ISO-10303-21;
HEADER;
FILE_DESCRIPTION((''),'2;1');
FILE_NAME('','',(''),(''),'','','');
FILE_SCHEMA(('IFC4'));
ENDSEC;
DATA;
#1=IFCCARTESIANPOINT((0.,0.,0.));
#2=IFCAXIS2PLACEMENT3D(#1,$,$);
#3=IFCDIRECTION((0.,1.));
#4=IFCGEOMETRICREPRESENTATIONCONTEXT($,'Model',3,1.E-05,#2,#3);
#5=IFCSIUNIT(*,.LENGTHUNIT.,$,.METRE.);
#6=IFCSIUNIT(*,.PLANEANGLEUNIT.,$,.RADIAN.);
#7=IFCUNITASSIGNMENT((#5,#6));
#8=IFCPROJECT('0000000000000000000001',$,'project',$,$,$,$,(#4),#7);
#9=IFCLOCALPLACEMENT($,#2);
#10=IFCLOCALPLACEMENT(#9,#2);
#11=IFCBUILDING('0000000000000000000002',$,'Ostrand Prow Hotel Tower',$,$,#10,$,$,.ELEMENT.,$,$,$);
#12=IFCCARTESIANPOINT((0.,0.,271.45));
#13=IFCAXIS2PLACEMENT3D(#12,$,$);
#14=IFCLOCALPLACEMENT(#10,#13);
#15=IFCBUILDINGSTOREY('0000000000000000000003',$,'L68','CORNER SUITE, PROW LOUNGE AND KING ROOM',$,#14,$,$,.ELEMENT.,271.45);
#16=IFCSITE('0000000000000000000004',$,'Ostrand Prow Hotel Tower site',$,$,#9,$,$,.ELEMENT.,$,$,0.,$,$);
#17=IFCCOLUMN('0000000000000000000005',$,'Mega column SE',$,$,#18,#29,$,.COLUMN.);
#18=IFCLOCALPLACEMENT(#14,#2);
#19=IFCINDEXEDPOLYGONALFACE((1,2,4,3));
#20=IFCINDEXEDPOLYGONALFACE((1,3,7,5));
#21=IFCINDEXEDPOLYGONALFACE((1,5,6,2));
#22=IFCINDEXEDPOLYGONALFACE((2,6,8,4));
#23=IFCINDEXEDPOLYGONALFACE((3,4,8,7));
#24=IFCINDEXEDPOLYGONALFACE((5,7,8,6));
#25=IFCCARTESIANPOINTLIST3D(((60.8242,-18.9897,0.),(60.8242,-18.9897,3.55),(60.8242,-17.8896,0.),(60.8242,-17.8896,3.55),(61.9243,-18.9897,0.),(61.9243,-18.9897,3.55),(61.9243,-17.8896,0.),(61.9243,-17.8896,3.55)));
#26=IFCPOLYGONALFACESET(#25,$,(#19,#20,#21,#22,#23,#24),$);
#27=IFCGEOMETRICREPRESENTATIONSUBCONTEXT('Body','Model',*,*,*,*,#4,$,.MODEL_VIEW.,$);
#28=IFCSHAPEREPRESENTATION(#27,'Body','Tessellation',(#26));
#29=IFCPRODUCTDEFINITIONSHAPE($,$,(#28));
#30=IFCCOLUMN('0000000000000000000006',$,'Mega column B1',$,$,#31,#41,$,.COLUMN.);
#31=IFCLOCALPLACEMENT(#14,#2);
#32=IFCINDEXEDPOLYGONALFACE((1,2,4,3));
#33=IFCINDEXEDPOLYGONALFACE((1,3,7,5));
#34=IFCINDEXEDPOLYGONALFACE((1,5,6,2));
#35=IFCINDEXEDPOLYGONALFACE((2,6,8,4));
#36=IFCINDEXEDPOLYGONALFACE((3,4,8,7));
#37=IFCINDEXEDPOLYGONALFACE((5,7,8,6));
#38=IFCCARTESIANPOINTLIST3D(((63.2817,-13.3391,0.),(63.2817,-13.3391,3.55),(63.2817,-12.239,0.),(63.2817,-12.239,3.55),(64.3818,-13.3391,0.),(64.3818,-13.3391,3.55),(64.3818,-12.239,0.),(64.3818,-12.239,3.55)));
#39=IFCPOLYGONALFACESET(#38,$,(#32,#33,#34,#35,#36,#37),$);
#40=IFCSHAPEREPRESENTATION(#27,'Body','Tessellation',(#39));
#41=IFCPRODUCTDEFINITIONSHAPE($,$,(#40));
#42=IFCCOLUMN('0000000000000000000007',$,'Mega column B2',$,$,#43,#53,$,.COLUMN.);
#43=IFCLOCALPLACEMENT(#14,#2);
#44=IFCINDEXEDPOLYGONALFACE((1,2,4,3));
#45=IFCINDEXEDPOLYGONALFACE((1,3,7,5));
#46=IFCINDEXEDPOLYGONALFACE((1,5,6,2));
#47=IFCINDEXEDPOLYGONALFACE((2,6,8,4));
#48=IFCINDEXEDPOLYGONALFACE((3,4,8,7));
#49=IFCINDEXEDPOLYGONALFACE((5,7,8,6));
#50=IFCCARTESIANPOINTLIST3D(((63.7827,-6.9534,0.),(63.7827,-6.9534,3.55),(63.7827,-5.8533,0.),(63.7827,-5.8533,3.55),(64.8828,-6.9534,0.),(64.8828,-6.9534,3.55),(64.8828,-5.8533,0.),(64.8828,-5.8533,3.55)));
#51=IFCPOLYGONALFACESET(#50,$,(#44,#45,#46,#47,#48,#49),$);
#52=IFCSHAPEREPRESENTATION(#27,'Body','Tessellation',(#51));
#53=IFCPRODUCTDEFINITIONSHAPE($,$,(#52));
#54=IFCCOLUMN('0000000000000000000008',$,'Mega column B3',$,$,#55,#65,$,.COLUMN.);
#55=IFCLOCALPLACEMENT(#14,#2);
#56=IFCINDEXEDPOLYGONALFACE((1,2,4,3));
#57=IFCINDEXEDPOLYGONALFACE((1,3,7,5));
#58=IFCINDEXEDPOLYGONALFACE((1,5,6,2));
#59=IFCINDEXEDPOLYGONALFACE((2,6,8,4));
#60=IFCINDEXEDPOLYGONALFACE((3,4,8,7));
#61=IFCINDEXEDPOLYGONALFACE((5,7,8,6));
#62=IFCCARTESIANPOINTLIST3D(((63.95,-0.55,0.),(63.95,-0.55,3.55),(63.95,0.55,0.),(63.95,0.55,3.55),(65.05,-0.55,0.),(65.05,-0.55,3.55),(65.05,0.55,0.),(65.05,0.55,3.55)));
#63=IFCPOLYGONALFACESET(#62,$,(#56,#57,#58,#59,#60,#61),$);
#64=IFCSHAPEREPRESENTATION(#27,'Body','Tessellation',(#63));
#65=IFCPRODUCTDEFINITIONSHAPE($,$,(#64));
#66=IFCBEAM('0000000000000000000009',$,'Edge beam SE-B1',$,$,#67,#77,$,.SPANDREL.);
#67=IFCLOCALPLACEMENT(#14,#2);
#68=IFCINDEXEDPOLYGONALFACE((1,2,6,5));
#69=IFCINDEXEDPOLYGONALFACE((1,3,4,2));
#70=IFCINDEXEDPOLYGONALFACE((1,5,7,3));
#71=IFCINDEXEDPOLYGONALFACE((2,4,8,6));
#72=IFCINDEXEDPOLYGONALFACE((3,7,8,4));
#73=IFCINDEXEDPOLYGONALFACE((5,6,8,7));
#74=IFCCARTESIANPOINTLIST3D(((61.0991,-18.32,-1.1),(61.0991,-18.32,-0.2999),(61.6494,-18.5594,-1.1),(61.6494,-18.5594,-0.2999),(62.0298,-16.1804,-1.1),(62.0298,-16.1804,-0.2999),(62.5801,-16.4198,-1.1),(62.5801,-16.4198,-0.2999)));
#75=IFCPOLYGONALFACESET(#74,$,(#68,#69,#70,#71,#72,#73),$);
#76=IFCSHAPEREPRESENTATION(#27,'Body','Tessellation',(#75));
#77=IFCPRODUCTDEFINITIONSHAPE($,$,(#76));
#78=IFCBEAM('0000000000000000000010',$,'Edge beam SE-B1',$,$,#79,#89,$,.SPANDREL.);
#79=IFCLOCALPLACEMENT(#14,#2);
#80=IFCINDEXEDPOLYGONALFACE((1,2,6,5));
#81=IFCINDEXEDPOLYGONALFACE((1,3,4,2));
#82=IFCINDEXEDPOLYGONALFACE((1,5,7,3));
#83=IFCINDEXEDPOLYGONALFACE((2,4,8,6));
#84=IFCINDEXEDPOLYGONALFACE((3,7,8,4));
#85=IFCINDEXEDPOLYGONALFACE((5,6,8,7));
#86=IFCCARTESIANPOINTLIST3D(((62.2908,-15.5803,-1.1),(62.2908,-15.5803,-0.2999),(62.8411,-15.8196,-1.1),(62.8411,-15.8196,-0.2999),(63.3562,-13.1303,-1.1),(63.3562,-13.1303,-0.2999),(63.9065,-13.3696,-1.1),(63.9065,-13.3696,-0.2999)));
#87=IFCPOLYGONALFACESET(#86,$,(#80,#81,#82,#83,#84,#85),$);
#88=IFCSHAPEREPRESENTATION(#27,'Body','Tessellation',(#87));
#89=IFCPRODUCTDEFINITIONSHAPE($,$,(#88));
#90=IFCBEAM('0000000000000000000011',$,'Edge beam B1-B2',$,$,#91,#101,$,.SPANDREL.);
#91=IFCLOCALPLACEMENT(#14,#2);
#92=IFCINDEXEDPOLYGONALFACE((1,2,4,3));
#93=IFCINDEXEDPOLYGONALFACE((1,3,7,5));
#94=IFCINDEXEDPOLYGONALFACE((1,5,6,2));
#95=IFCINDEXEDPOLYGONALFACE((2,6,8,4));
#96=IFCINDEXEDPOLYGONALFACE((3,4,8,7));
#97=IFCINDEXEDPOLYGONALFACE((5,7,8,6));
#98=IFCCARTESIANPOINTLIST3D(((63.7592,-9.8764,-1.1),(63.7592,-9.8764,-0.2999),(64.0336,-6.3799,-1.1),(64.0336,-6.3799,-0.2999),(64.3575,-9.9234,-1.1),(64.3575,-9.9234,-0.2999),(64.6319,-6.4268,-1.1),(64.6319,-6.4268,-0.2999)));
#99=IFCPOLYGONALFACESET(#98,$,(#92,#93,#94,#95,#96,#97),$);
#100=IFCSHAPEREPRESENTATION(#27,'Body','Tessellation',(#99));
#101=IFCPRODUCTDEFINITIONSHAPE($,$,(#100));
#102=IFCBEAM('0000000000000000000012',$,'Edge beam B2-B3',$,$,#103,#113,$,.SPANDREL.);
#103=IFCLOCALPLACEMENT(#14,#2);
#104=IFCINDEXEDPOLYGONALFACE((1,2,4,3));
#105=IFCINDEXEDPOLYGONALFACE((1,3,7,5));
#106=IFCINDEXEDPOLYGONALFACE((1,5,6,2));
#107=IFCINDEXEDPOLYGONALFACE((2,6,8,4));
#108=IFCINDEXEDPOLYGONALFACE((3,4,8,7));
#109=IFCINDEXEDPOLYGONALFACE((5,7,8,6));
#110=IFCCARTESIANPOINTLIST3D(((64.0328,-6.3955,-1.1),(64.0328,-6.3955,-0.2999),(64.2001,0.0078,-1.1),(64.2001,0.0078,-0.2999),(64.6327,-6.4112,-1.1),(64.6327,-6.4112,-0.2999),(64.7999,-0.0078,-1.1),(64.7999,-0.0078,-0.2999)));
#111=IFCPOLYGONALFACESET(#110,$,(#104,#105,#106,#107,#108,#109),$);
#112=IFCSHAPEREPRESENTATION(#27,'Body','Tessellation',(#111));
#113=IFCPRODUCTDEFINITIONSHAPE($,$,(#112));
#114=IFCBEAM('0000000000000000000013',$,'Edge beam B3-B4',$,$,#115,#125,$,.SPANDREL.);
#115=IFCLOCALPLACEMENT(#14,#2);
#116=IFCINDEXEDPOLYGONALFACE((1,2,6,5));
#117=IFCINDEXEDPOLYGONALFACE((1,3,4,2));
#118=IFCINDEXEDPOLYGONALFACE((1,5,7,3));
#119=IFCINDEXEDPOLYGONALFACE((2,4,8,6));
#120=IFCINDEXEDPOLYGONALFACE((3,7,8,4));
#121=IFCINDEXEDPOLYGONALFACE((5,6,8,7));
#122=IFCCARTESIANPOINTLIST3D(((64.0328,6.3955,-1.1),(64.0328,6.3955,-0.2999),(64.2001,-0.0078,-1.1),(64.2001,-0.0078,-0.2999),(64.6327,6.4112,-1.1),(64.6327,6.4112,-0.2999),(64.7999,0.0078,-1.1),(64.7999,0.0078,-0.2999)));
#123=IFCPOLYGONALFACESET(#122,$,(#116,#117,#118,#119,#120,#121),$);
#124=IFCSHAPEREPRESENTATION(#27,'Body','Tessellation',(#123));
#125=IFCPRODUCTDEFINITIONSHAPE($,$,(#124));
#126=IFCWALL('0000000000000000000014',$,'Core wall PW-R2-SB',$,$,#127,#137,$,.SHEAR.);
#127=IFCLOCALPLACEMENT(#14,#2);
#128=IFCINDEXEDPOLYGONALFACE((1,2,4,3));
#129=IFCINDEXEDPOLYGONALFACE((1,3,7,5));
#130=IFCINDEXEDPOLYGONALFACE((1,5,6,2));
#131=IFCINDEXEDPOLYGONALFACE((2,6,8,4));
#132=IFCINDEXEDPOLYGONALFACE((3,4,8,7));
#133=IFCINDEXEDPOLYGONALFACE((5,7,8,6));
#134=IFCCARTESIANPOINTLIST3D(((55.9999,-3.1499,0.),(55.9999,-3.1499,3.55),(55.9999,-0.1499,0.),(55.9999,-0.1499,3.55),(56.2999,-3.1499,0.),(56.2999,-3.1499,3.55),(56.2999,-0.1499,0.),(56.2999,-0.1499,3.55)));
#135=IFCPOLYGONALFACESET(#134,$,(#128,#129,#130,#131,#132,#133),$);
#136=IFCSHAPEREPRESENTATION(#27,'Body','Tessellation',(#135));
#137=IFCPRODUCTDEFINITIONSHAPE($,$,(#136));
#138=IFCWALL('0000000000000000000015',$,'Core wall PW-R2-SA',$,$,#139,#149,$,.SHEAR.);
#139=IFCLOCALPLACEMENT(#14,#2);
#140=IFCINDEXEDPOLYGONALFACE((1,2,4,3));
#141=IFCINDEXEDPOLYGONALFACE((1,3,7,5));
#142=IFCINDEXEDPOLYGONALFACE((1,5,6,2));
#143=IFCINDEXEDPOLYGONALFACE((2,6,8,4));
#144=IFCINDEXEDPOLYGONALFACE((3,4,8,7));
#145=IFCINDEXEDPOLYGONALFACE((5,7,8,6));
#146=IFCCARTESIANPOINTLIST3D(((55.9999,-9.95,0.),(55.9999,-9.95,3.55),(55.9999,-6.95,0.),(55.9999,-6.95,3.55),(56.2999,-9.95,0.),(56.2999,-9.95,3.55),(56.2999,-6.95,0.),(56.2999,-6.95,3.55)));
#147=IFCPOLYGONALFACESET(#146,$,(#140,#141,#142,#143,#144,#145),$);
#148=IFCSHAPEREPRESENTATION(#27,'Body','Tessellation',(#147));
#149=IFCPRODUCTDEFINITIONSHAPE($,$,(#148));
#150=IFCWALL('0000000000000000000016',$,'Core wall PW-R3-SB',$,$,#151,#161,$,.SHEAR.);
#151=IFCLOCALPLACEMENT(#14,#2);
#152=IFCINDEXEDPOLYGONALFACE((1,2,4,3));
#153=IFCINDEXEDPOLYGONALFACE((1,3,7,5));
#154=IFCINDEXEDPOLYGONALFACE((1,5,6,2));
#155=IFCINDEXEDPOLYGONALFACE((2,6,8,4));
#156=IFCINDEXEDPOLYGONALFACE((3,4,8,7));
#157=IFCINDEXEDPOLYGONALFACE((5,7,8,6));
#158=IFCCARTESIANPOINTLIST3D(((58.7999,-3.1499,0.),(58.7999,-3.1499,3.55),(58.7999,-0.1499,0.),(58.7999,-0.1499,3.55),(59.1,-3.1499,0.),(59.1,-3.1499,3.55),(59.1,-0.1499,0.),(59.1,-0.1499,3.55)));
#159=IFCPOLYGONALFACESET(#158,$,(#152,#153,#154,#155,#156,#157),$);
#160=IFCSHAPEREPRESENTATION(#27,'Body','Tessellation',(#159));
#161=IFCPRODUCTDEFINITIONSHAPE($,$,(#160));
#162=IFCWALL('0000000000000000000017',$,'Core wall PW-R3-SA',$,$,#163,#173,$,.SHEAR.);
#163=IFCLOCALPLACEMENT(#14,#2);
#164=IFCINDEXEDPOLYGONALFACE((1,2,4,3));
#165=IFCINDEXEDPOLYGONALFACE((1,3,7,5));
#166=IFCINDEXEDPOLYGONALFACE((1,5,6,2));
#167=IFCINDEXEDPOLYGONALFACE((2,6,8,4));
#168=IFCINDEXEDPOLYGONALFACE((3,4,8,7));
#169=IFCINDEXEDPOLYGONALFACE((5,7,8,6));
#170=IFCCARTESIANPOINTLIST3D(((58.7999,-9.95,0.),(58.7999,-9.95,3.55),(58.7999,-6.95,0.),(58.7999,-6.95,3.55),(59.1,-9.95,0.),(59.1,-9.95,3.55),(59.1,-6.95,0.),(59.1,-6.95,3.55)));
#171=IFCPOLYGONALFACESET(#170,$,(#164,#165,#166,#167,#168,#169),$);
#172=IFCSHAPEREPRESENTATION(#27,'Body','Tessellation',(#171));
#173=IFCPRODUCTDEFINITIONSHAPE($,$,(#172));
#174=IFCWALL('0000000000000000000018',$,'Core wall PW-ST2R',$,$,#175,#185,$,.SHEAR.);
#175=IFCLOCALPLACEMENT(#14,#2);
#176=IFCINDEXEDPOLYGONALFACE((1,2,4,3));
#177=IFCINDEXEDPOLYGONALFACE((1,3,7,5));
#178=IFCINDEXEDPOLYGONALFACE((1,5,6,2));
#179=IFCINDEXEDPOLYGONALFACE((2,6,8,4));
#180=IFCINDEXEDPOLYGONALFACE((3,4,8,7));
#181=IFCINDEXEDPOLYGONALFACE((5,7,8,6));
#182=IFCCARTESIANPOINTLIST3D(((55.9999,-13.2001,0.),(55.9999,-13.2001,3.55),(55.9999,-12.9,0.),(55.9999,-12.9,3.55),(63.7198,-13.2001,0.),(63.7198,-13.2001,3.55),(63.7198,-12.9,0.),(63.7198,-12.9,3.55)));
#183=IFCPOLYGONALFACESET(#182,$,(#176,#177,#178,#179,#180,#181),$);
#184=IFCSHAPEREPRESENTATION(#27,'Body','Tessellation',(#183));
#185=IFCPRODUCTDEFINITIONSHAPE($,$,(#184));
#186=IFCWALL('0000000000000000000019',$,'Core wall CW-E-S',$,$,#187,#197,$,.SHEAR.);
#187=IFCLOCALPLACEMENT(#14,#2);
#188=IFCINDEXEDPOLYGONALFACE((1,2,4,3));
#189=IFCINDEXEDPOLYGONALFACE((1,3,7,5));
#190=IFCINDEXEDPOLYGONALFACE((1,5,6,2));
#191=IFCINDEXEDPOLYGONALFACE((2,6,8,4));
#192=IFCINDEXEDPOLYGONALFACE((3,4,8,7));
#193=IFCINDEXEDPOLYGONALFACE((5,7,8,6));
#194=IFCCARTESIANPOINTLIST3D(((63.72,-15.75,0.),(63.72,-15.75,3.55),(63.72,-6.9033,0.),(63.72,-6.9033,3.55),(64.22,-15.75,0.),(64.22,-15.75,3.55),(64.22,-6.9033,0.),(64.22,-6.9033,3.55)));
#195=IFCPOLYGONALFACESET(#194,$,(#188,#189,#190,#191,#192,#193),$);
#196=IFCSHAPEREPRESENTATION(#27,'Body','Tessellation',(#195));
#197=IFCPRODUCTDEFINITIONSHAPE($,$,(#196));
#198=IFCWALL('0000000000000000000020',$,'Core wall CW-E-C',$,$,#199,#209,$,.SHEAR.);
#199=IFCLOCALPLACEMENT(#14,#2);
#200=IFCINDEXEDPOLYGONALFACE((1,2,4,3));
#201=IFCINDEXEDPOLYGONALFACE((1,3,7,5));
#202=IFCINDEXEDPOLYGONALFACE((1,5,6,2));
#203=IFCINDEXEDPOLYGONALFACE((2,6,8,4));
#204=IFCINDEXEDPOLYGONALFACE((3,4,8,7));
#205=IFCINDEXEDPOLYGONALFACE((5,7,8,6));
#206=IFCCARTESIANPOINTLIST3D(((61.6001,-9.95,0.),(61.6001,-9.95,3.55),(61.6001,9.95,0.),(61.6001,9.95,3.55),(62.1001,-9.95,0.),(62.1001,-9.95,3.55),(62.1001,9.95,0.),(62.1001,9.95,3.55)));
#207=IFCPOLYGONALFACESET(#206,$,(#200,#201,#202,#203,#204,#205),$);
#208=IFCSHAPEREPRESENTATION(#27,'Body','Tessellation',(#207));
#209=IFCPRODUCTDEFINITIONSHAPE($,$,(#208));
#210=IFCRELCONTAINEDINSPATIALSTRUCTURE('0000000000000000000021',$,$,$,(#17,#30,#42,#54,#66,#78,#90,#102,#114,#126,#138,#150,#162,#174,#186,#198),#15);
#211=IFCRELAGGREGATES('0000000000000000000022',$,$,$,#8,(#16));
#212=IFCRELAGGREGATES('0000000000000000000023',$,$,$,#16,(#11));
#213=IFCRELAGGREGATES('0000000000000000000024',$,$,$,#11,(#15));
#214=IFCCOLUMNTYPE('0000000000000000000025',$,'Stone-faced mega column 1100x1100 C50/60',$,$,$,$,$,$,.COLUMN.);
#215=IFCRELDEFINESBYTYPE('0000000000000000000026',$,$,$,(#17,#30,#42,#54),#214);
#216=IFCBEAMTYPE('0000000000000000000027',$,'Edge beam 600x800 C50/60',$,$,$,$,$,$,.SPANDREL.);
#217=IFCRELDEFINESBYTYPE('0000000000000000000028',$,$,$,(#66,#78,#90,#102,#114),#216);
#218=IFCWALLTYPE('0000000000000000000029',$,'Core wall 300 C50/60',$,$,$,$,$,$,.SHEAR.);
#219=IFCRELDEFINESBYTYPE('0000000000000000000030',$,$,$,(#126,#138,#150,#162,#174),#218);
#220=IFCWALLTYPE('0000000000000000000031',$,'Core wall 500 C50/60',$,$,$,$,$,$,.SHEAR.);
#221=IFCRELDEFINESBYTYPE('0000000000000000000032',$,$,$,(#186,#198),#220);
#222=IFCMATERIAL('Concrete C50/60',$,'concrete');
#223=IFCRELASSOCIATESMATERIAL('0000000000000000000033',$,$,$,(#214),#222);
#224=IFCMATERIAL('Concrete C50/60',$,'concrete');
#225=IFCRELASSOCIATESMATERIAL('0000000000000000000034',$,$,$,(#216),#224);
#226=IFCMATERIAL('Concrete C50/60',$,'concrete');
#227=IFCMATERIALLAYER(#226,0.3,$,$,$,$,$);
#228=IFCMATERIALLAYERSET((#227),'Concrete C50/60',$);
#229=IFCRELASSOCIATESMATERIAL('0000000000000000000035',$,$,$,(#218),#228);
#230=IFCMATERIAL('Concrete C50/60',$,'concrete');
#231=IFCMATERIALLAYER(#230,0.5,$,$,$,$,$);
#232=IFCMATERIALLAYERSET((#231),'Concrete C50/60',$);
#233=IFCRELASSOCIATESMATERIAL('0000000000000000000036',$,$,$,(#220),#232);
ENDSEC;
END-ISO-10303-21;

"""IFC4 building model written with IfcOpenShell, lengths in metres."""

from ifc_helpers import new_model, si_unit, direction, frame, frame_2d, origin, origin_2d, place, context, subcontext, project, spatial, rectangle, extrude, material, layer, layer_set, material_profile, profile_set, type_object, element, save


model = new_model("IFC4")

# Units and contexts
model_context = context("Model", 3, precision=1e-05, world=origin(), true_north=direction((0.0, 1.0)))
body_context = subcontext(model_context, "Body", "Model", "MODEL_VIEW")
ifc_project = project(units=[si_unit("LENGTHUNIT", "METRE"), si_unit("PLANEANGLEUNIT", "RADIAN")], contexts=[model_context])

# Site, building, storey
site_placement = place(None, origin())
site = spatial("IfcSite", under=ifc_project, at=site_placement, Name="Ostrand Prow Hotel Tower site", CompositionType="ELEMENT", RefElevation=0.0)
building_placement = place(site_placement, origin())
building = spatial("IfcBuilding", under=site, at=building_placement, Name="Ostrand Prow Hotel Tower", CompositionType="ELEMENT")
storey_placement = place(building_placement, frame((0.0, 0.0, 271.45)))
storey = spatial("IfcBuildingStorey", under=building, at=storey_placement, Name="L68", Description="CORNER SUITE, PROW LOUNGE AND KING ROOM", CompositionType="ELEMENT", Elevation=271.45)

# Columns
ifc_material_1 = material(Name="Concrete C50/60", Category="concrete")
ifc_material_profile_1 = material_profile(ifc_material_1, rectangle(XDim=1.1001, YDim=1.1001, at=origin_2d()), Name="RC 1100x1100")
ifc_profile_set_1 = profile_set([ifc_material_profile_1], Name="Concrete C50/60")
column_type = type_object("IfcColumnType", Name="Stone-faced mega column 1100x1100 C50/60", PredefinedType="COLUMN", material=ifc_profile_set_1)
for number, where, z_axis, x_axis, name in (
    (1, (61.3743, -18.4397, 0.0), (0.0, 0.0, 1.0), (1.0, 0.0, 0.0), "Mega column SE"),
    (2, (63.8318, -12.7891, 0.0), (0.0, 0.0, 1.0), (1.0, 0.0, 0.0), "Mega column B1"),
    (3, (64.3328, -6.4033, 0.0), (0.0, 0.0, 1.0), (1.0, 0.0, 0.0), "Mega column B2"),
    (4, (64.5, 0.0, 0.0), (0.0, 0.0, 1.0), (1.0, 0.0, 0.0), "Mega column B3"),
):
    element("IfcColumn", number, at=place(storey_placement, frame(where, z_axis=z_axis, x_axis=x_axis)), inside=storey, type_object=column_type, Name=name, PredefinedType="COLUMN", context=body_context, shape_type="SweptSolid", body=[
        extrude(rectangle(XDim=1.1001, YDim=1.1001, at=origin_2d()), origin(), (0.0, 0.0, 1.0), 3.55),
    ])

# Beams
ifc_material_2 = material(Name="Concrete C50/60", Category="concrete")
ifc_material_profile_2 = material_profile(ifc_material_2, rectangle(XDim=0.6001, YDim=0.8, at=origin_2d()), Name="RC 600x800")
ifc_profile_set_2 = profile_set([ifc_material_profile_2], Name="Concrete C50/60")
beam_type = type_object("IfcBeamType", Name="Edge beam 600x800 C50/60", PredefinedType="SPANDREL", material=ifc_profile_set_2)
beam_1_placement = place(storey_placement, frame((61.3743, -18.4397, -0.7), z_axis=(0.398864, 0.91701, 0.0), x_axis=(-0.91701, 0.398864, 0.0)))
element("IfcBeam", 5, at=beam_1_placement, inside=storey, type_object=beam_type, Name="Edge beam SE-B1", PredefinedType="SPANDREL", context=body_context, shape_type="SweptSolid", body=[
    extrude(rectangle(XDim=0.6001, YDim=0.8, at=origin_2d()), origin(), (0.0, 0.0, 1.0), 2.3333),
])
beam_2_placement = place(storey_placement, frame((62.5659, -15.7, -0.7), z_axis=(0.3988, 0.917038, 0.0), x_axis=(-0.917038, 0.3988, 0.0)))
element("IfcBeam", 6, at=beam_2_placement, inside=storey, type_object=beam_type, Name="Edge beam SE-B1", PredefinedType="SPANDREL", context=body_context, shape_type="SweptSolid", body=[
    extrude(rectangle(XDim=0.6001, YDim=0.8, at=origin_2d()), origin(), (0.0, 0.0, 1.0), 2.6716),
])
beam_3_placement = place(storey_placement, frame((64.0583, -9.8999, -0.7), z_axis=(0.07824, 0.996935, 0.0), x_axis=(-0.996935, 0.07824, 0.0)))
element("IfcBeam", 7, at=beam_3_placement, inside=storey, type_object=beam_type, Name="Edge beam B1-B2", PredefinedType="SPANDREL", context=body_context, shape_type="SweptSolid", body=[
    extrude(rectangle(XDim=0.6001, YDim=0.8, at=origin_2d()), origin(), (0.0, 0.0, 1.0), 3.5073),
])
for number, where, z_axis, x_axis, name in (
    (8, (64.3328, -6.4033, -0.7), (0.026108, 0.999659, 0.0), (-0.999659, 0.026108, 0.0), "Edge beam B2-B3"),
    (9, (64.5, 0.0, -0.7), (-0.026108, 0.999659, 0.0), (-0.999659, -0.026108, 0.0), "Edge beam B3-B4"),
):
    element("IfcBeam", number, at=place(storey_placement, frame(where, z_axis=z_axis, x_axis=x_axis)), inside=storey, type_object=beam_type, Name=name, PredefinedType="SPANDREL", context=body_context, shape_type="SweptSolid", body=[
        extrude(rectangle(XDim=0.6001, YDim=0.8, at=origin_2d()), origin(), (0.0, 0.0, 1.0), 6.4055),
    ])

# Walls
ifc_material_3 = material(Name="Concrete C50/60", Category="concrete")
ifc_layer_1 = layer(ifc_material_3, 0.3)
ifc_layer_set_1 = layer_set([ifc_layer_1], Name="Concrete C50/60")
wall_type_1 = type_object("IfcWallType", Name="Core wall 300 C50/60", PredefinedType="SHEAR", material=ifc_layer_set_1)
for number, where, z_axis, x_axis, name in (
    (10, (56.1499, -3.1499, 0.0), (0.0, 0.0, 1.0), (0.0, 1.0, 0.0), "Core wall PW-R2-SB"),
    (11, (56.1499, -9.95, 0.0), (0.0, 0.0, 1.0), (0.0, 1.0, 0.0), "Core wall PW-R2-SA"),
    (12, (58.95, -3.1499, 0.0), (0.0, 0.0, 1.0), (0.0, 1.0, 0.0), "Core wall PW-R3-SB"),
    (13, (58.95, -9.95, 0.0), (0.0, 0.0, 1.0), (0.0, 1.0, 0.0), "Core wall PW-R3-SA"),
):
    element("IfcWall", number, at=place(storey_placement, frame(where, z_axis=z_axis, x_axis=x_axis)), inside=storey, type_object=wall_type_1, Name=name, PredefinedType="SHEAR", context=body_context, shape_type="SweptSolid", body=[
        extrude(rectangle(XDim=3.0, YDim=0.3, at=frame_2d((1.5, 0.0))), origin(), (0.0, 0.0, 1.0), 3.55),
    ])
wall_1_placement = place(storey_placement, frame((56.0, -13.05, 0.0), z_axis=(0.0, 0.0, 1.0), x_axis=(1.0, 0.0, 0.0)))
element("IfcWall", 14, at=wall_1_placement, inside=storey, type_object=wall_type_1, Name="Core wall PW-ST2R", PredefinedType="SHEAR", context=body_context, shape_type="SweptSolid", body=[
    extrude(rectangle(XDim=7.72, YDim=0.3, at=frame_2d((3.8599, 0.0))), origin(), (0.0, 0.0, 1.0), 3.55),
])
ifc_material_4 = material(Name="Concrete C50/60", Category="concrete")
ifc_layer_2 = layer(ifc_material_4, 0.5)
ifc_layer_set_2 = layer_set([ifc_layer_2], Name="Concrete C50/60")
wall_type_2 = type_object("IfcWallType", Name="Core wall 500 C50/60", PredefinedType="SHEAR", material=ifc_layer_set_2)
wall_2_placement = place(storey_placement, frame((63.97, -15.75, 0.0), z_axis=(0.0, 0.0, 1.0), x_axis=(0.0, 1.0, 0.0)))
element("IfcWall", 15, at=wall_2_placement, inside=storey, type_object=wall_type_2, Name="Core wall CW-E-S", PredefinedType="SHEAR", context=body_context, shape_type="SweptSolid", body=[
    extrude(rectangle(XDim=8.8467, YDim=0.5, at=frame_2d((4.4233, 0.0))), origin(), (0.0, 0.0, 1.0), 3.55),
])
wall_3_placement = place(storey_placement, frame((61.8501, -9.95, 0.0), z_axis=(0.0, 0.0, 1.0), x_axis=(0.0, 1.0, 0.0)))
element("IfcWall", 16, at=wall_3_placement, inside=storey, type_object=wall_type_2, Name="Core wall CW-E-C", PredefinedType="SHEAR", context=body_context, shape_type="SweptSolid", body=[
    extrude(rectangle(XDim=19.8999, YDim=0.5, at=frame_2d((9.95, 0.0))), origin(), (0.0, 0.0, 1.0), 3.55),
])

save(model, "model.ifc")
